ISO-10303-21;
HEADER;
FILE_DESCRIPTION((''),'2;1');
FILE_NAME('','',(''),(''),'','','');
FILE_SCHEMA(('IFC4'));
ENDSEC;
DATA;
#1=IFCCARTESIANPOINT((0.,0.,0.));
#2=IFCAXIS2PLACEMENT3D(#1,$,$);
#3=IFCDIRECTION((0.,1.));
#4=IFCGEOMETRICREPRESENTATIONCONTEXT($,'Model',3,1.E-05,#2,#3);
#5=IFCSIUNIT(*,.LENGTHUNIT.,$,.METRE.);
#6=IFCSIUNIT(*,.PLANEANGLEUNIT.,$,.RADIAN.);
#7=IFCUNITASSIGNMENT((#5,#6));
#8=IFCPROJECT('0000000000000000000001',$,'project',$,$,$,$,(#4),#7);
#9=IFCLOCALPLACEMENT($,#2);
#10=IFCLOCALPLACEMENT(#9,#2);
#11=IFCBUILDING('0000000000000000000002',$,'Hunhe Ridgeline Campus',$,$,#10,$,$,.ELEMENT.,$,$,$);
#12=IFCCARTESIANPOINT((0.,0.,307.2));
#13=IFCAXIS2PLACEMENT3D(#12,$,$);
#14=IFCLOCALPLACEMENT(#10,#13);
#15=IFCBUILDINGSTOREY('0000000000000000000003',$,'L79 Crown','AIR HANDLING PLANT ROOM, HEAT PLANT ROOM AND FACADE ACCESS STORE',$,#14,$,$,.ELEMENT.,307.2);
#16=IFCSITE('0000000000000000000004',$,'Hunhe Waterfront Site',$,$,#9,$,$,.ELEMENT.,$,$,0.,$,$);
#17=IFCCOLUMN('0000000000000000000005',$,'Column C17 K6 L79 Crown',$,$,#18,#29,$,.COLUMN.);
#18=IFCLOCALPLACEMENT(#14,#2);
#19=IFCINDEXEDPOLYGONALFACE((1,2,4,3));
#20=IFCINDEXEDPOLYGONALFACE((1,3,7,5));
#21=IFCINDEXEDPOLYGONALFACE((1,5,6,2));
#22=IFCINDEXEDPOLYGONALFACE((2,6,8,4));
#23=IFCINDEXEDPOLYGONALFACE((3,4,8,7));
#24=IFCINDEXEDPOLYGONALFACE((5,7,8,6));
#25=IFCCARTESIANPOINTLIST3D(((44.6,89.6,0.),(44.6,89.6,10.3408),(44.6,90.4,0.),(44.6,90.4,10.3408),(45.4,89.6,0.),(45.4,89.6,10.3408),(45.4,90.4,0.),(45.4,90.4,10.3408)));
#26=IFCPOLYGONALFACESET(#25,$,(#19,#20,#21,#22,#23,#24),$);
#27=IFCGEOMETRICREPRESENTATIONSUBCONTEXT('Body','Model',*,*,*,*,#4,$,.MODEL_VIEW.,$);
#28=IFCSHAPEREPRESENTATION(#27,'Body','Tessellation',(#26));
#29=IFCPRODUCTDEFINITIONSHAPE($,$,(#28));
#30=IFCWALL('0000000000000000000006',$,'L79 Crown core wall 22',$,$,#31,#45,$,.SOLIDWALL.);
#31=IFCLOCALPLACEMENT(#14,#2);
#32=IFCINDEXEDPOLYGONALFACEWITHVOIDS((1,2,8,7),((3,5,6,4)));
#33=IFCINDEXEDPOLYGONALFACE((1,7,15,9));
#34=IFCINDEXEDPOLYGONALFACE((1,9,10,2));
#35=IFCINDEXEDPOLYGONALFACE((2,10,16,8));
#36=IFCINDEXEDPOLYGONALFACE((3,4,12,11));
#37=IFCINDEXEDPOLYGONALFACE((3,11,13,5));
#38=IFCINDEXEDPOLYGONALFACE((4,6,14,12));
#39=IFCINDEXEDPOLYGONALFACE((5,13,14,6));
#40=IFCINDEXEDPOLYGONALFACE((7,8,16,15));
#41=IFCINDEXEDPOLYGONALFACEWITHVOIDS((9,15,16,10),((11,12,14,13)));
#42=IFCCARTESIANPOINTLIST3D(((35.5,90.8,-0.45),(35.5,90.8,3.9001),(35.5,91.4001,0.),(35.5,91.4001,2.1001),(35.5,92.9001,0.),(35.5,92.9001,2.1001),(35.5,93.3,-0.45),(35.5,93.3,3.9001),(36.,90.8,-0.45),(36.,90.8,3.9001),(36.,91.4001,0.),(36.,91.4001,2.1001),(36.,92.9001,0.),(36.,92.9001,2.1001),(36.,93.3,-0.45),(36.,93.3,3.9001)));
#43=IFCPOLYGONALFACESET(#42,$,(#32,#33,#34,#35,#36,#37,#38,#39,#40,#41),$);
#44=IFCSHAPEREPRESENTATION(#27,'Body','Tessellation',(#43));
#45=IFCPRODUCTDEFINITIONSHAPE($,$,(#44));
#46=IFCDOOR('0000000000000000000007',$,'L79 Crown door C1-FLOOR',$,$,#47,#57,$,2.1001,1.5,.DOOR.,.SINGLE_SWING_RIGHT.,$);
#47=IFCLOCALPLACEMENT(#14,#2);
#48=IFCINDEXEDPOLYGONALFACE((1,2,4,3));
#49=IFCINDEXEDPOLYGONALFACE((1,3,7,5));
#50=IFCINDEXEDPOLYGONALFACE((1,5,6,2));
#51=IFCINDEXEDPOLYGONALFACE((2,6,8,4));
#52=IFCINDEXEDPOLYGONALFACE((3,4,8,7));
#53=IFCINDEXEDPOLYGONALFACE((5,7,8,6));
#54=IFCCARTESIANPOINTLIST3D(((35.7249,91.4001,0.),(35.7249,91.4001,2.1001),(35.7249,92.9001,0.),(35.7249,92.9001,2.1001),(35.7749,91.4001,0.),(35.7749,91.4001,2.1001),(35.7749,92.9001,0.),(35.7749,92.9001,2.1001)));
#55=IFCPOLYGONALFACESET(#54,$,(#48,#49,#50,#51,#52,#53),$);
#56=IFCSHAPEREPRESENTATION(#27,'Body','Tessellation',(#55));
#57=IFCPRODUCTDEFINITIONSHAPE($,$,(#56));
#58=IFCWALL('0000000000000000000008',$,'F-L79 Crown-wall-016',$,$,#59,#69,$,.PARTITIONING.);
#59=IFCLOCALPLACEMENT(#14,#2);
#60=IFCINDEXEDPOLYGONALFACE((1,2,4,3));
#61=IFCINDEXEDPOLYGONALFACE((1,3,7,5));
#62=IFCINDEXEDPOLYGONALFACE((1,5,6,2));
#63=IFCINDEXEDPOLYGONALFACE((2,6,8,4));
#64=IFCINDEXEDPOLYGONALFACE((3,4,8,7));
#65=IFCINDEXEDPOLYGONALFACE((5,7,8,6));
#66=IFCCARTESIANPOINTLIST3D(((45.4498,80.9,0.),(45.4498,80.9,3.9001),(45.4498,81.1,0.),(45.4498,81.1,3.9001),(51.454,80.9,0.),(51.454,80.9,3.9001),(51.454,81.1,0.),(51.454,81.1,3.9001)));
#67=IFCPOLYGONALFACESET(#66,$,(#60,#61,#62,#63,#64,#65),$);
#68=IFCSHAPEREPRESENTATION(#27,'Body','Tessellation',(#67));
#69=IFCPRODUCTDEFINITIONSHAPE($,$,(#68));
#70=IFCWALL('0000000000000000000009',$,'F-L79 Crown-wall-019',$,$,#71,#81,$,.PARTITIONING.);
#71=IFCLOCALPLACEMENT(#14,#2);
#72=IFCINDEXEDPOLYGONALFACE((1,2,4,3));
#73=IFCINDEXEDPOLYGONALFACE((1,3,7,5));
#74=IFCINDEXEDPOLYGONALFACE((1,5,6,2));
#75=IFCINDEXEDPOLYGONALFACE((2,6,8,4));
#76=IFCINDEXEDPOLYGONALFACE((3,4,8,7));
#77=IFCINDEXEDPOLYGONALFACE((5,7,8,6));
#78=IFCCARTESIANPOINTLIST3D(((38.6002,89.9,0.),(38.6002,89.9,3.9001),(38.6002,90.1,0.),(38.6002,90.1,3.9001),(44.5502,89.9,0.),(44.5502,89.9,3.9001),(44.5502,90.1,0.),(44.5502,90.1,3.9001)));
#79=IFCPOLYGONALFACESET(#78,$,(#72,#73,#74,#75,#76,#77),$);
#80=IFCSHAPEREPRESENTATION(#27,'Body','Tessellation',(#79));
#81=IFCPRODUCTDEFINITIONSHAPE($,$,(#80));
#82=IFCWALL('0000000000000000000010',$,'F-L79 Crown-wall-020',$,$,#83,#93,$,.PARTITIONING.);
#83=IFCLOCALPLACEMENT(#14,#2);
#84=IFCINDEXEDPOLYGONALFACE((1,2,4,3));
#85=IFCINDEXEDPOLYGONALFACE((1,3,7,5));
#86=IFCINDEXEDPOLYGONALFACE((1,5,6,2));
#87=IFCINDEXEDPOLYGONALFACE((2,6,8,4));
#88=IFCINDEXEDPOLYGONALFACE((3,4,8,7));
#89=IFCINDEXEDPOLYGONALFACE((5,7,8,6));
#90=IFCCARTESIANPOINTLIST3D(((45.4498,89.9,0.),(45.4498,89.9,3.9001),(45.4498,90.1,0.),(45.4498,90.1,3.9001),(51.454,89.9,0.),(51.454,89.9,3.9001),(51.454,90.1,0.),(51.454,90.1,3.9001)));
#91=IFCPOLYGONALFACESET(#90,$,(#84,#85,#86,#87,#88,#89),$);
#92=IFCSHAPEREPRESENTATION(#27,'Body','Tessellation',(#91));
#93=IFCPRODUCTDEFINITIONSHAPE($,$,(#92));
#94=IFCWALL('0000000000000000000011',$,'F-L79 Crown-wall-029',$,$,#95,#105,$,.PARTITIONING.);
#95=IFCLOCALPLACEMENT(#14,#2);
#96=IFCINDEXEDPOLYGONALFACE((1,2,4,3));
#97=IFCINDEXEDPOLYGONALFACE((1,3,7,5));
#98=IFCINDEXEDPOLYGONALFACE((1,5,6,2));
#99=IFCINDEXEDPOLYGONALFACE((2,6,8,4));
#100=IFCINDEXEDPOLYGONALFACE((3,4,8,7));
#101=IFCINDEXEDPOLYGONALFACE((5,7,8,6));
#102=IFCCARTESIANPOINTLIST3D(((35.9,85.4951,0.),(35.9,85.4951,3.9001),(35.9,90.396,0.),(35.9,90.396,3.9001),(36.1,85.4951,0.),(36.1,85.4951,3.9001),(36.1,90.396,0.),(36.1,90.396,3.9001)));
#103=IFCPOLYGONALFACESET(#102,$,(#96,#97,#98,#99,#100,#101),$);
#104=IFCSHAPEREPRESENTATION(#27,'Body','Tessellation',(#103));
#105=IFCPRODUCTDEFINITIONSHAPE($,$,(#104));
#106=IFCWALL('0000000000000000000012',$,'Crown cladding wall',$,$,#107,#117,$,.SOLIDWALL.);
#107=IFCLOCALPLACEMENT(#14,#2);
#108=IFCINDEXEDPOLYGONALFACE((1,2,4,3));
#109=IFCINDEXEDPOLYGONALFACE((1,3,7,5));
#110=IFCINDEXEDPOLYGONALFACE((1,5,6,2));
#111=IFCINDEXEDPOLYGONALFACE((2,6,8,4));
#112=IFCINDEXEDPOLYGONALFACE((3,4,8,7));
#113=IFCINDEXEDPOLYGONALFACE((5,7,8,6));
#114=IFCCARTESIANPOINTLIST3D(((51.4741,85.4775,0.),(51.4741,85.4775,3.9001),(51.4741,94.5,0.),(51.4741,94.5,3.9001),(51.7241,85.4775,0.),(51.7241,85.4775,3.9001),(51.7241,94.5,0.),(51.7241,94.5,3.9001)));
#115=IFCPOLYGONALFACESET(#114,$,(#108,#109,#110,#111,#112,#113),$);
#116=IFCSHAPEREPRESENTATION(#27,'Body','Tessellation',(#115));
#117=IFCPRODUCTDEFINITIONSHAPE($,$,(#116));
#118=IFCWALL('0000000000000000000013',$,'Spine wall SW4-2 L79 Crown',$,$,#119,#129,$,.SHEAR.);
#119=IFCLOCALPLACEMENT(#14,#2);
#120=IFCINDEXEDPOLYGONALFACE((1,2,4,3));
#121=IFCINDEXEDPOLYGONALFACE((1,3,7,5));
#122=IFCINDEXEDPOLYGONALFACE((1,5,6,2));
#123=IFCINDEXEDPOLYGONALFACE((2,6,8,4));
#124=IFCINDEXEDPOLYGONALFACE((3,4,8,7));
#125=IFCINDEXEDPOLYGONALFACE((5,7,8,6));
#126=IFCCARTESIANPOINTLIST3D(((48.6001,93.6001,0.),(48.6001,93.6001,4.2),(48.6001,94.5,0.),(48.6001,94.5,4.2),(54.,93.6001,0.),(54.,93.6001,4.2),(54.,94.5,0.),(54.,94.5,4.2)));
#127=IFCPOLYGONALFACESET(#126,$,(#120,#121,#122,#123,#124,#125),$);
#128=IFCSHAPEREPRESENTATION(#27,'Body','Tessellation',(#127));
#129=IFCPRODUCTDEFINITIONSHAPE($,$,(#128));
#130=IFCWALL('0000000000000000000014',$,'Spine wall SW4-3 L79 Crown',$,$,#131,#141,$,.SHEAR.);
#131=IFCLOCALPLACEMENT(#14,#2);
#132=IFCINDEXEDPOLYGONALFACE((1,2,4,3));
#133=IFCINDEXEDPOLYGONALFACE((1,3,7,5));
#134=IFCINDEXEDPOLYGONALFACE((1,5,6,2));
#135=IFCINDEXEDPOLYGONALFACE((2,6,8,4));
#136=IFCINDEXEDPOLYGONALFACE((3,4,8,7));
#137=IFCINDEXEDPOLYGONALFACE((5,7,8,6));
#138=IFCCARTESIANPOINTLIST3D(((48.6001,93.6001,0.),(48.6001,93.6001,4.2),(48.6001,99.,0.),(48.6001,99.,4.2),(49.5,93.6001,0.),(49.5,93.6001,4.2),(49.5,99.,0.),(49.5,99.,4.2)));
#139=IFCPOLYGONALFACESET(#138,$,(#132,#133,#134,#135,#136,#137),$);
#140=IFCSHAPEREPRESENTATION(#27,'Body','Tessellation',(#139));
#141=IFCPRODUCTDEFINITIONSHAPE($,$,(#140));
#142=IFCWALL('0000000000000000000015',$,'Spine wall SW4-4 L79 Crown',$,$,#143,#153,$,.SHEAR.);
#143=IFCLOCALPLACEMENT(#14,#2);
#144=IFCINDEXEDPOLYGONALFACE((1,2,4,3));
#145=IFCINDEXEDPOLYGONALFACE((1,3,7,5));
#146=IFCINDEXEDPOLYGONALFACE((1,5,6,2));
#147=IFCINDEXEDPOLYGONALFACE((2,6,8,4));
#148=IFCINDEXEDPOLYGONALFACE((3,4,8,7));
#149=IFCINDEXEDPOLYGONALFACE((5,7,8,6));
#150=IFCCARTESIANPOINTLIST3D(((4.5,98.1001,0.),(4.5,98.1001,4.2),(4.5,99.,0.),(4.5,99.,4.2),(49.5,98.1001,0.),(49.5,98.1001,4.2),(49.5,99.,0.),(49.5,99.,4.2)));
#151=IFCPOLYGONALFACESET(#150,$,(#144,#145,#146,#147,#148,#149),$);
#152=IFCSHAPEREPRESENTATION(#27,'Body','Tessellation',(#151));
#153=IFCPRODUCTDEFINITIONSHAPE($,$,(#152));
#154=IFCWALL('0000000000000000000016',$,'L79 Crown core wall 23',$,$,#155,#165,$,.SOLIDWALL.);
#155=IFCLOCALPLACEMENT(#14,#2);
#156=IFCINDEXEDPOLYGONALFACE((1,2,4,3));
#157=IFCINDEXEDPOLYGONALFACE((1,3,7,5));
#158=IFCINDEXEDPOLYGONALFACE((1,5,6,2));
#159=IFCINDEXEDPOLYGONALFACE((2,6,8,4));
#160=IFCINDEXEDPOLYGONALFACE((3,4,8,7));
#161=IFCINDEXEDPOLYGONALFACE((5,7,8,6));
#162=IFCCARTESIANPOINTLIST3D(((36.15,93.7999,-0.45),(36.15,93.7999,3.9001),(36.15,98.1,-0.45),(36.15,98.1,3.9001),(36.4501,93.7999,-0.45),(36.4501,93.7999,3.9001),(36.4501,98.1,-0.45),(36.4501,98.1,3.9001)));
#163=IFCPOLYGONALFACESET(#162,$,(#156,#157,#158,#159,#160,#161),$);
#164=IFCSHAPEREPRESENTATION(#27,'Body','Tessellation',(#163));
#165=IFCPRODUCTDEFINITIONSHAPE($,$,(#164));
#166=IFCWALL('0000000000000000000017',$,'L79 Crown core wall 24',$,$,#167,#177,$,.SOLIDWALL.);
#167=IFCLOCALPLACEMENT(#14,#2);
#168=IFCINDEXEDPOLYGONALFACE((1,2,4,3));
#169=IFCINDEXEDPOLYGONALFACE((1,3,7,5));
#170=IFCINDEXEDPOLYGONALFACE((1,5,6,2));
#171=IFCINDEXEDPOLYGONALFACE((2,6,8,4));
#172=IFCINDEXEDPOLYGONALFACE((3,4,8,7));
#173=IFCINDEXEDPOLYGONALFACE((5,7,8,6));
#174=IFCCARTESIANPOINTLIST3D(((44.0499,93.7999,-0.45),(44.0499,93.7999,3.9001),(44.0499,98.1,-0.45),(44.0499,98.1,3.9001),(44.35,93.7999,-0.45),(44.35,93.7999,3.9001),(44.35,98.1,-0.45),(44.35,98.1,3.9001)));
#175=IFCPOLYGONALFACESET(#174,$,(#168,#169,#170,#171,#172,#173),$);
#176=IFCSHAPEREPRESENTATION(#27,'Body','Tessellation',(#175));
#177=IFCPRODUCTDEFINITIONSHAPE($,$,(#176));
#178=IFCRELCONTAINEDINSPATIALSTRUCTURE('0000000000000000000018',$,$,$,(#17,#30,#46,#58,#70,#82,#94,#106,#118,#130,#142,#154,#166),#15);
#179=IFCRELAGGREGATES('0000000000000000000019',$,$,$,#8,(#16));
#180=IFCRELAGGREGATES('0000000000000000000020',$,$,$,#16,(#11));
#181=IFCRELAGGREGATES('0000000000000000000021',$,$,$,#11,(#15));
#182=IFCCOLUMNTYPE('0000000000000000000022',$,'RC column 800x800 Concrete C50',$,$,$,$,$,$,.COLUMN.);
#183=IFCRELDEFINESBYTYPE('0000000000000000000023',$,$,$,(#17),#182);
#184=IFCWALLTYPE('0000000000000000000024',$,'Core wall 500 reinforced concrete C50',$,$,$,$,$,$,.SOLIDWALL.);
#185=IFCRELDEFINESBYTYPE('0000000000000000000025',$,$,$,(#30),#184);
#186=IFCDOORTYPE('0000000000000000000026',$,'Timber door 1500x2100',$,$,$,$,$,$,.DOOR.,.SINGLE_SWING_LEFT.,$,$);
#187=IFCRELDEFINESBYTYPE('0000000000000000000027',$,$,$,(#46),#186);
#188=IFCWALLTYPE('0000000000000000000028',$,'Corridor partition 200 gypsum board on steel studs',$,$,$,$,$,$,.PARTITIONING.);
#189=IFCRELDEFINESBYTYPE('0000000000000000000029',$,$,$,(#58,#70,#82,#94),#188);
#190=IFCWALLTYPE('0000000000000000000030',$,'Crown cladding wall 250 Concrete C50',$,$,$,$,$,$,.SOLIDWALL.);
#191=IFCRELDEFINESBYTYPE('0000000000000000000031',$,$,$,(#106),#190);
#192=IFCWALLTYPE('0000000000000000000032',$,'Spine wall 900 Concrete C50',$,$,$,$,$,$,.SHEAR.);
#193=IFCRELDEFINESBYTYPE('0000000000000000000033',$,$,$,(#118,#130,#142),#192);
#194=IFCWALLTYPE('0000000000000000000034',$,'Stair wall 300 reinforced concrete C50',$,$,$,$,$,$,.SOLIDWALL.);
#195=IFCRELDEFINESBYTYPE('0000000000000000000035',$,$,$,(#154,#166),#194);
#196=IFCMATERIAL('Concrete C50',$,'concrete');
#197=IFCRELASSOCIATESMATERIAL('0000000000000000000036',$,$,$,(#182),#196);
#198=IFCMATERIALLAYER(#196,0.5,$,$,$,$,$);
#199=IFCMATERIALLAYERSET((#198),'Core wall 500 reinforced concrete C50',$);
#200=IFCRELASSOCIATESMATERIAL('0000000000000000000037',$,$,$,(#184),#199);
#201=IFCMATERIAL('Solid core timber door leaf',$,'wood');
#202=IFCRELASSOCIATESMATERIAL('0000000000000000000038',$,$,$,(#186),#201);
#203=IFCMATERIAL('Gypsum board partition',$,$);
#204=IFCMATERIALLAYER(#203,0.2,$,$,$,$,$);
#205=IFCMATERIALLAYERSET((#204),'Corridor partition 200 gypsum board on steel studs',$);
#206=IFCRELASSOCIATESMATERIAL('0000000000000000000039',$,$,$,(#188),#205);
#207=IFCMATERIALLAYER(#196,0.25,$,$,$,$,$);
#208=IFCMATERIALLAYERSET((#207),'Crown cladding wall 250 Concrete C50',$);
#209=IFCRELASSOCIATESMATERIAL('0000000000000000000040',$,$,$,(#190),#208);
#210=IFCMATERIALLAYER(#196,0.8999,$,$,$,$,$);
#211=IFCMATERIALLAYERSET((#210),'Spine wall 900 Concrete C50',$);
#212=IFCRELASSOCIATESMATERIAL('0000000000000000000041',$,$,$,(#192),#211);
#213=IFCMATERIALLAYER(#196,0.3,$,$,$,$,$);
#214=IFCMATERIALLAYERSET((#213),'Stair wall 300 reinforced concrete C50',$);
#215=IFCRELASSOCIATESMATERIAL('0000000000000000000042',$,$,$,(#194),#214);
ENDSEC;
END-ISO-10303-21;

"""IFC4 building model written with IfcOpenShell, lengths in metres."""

from ifc_helpers import new_model, si_unit, direction, frame, frame_2d, origin, origin_2d, place, context, subcontext, project, spatial, polyline, rectangle, outline, extrude, material, layer, layer_set, material_profile, profile_set, type_object, element, fill, save


model = new_model("IFC4")

# Units and contexts
model_context = context("Model", 3, precision=1e-05, world=origin(), true_north=direction((0.0, 1.0)))
body_context = subcontext(model_context, "Body", "Model", "MODEL_VIEW")
ifc_project = project(units=[si_unit("LENGTHUNIT", "METRE"), si_unit("PLANEANGLEUNIT", "RADIAN")], contexts=[model_context])

# Site, building, storey
site_placement = place(None, origin())
site = spatial("IfcSite", under=ifc_project, at=site_placement, Name="Hunhe Waterfront Site", CompositionType="ELEMENT", RefElevation=0.0)
building_placement = place(site_placement, origin())
building = spatial("IfcBuilding", under=site, at=building_placement, Name="Hunhe Ridgeline Campus", CompositionType="ELEMENT")
storey_placement = place(building_placement, frame((0.0, 0.0, 307.2)))
storey = spatial("IfcBuildingStorey", under=building, at=storey_placement, Name="L79 Crown", Description="AIR HANDLING PLANT ROOM, HEAT PLANT ROOM AND FACADE ACCESS STORE", CompositionType="ELEMENT", Elevation=307.2)

# Column
ifc_material_1 = material(Name="Concrete C50", Category="concrete")
ifc_material_profile = material_profile(ifc_material_1, rectangle(XDim=0.8, YDim=0.8, at=origin_2d()))
ifc_profile_set = profile_set([ifc_material_profile], Name="Concrete C50")
column_type = type_object("IfcColumnType", Name="RC column 800x800 Concrete C50", PredefinedType="COLUMN", material=ifc_profile_set)
column_placement = place(storey_placement, frame((45.0, 90.0, 0.0), z_axis=(0.0, 0.0, 1.0), x_axis=(1.0, 0.0, 0.0)))
element("IfcColumn", 1, at=column_placement, inside=storey, type_object=column_type, Name="Column C17 K6 L79 Crown", PredefinedType="COLUMN", context=body_context, shape_type="SweptSolid", body=[
    extrude(rectangle(XDim=0.8, YDim=0.8, at=origin_2d()), origin(), (0.0, 0.0, 1.0), 10.3408),
])

# Wall, opening, door
ifc_layer_1 = layer(ifc_material_1, 0.5)
ifc_layer_set_1 = layer_set([ifc_layer_1], Name="Core wall 500 reinforced concrete C50")
wall_type_1 = type_object("IfcWallType", Name="Core wall 500 reinforced concrete C50", PredefinedType="SOLIDWALL", material=ifc_layer_set_1)
wall_1_placement = place(storey_placement, frame((35.75, 90.8, -0.45), z_axis=(0.0, 0.0, 1.0), x_axis=(0.0, 1.0, 0.0)))
wall_1 = element("IfcWall", 2, at=wall_1_placement, inside=storey, type_object=wall_type_1, Name="L79 Crown core wall 22", PredefinedType="SOLIDWALL", context=body_context, shape_type="SweptSolid", body=[
    extrude(rectangle(XDim=2.5, YDim=0.5, at=frame_2d((1.25, 0.0))), origin(), (0.0, 0.0, 1.0), 4.3501),
])
opening_1_placement = place(wall_1_placement, frame((0.6001, 0.0, 0.45)))
opening_1 = element("IfcOpeningElement", 3, at=opening_1_placement, cuts=wall_1, PredefinedType="OPENING", context=body_context, shape_type="SweptSolid", body=[
    extrude(rectangle(XDim=1.5, YDim=2.1001, at=frame_2d((0.75, 1.05))), frame((0.0, 0.25, 0.0), z_axis=(0.0, -1.0, 0.0), x_axis=(1.0, 0.0, 0.0)), (0.0, 0.0, 1.0), 0.5),
])
ifc_material_2 = material(Name="Solid core timber door leaf", Category="wood")
door_type_1 = type_object("IfcDoorType", Name="Timber door 1500x2100", OperationType="SINGLE_SWING_LEFT", PredefinedType="DOOR", material=ifc_material_2)
door_1_placement = place(opening_1_placement, frame((1.5, 0.0, 0.0), z_axis=(0.0, 0.0, 1.0), x_axis=(-1.0, 0.0, 0.0)))
door_1 = element("IfcDoor", 4, at=door_1_placement, inside=storey, type_object=door_type_1, Name="L79 Crown door C1-FLOOR", OperationType="SINGLE_SWING_RIGHT", OverallHeight=2.1001, OverallWidth=1.5, PredefinedType="DOOR", context=body_context, shape_type="SweptSolid", body=[
    extrude(rectangle(XDim=1.5, YDim=2.1001, at=frame_2d((0.75, 1.05))), frame((0.0, 0.0249, 0.0), z_axis=(0.0, -1.0, 0.0), x_axis=(1.0, 0.0, 0.0)), (0.0, 0.0, 1.0), 0.05),
])
fill(opening_1, door_1)

# Wall
ifc_material_3 = material(Name="Gypsum board partition")
ifc_layer_2 = layer(ifc_material_3, 0.2)
ifc_layer_set_2 = layer_set([ifc_layer_2], Name="Corridor partition 200 gypsum board on steel studs")
wall_type_2 = type_object("IfcWallType", Name="Corridor partition 200 gypsum board on steel studs", PredefinedType="PARTITIONING", material=ifc_layer_set_2)
wall_2_placement = place(storey_placement, frame((45.45, 81.0, 0.0), z_axis=(0.0, 0.0, 1.0), x_axis=(1.0, 0.0, 0.0)))
element("IfcWall", 5, at=wall_2_placement, inside=storey, type_object=wall_type_2, Name="F-L79 Crown-wall-016", PredefinedType="PARTITIONING", context=body_context, shape_type="SweptSolid", body=[
    extrude(rectangle(XDim=6.0042, YDim=0.2, at=frame_2d((3.002, 0.0))), origin(), (0.0, 0.0, 1.0), 3.9001),
])

# Walls
wall_3_placement = place(storey_placement, frame((38.6001, 90.0, 0.0), z_axis=(0.0, 0.0, 1.0), x_axis=(1.0, 0.0, 0.0)))
element("IfcWall", 6, at=wall_3_placement, inside=storey, type_object=wall_type_2, Name="F-L79 Crown-wall-019", PredefinedType="PARTITIONING", context=body_context, shape_type="SweptSolid", body=[
    extrude(rectangle(XDim=5.95, YDim=0.2, at=frame_2d((2.9751, 0.0))), origin(), (0.0, 0.0, 1.0), 3.9001),
])
wall_4_placement = place(storey_placement, frame((45.45, 90.0, 0.0), z_axis=(0.0, 0.0, 1.0), x_axis=(1.0, 0.0, 0.0)))
element("IfcWall", 7, at=wall_4_placement, inside=storey, type_object=wall_type_2, Name="F-L79 Crown-wall-020", PredefinedType="PARTITIONING", context=body_context, shape_type="SweptSolid", body=[
    extrude(rectangle(XDim=6.0042, YDim=0.2, at=frame_2d((3.002, 0.0))), origin(), (0.0, 0.0, 1.0), 3.9001),
])
wall_5_placement = place(storey_placement, frame((36.0, 85.4951, 0.0), z_axis=(0.0, 0.0, 1.0), x_axis=(0.0, 1.0, 0.0)))
element("IfcWall", 8, at=wall_5_placement, inside=storey, type_object=wall_type_2, Name="F-L79 Crown-wall-029", PredefinedType="PARTITIONING", context=body_context, shape_type="SweptSolid", body=[
    extrude(rectangle(XDim=4.9009, YDim=0.2, at=frame_2d((2.4504, 0.0))), origin(), (0.0, 0.0, 1.0), 3.9001),
])

# Walls
ifc_layer_3 = layer(ifc_material_1, 0.25)
ifc_layer_set_3 = layer_set([ifc_layer_3], Name="Crown cladding wall 250 Concrete C50")
wall_type_3 = type_object("IfcWallType", Name="Crown cladding wall 250 Concrete C50", PredefinedType="SOLIDWALL", material=ifc_layer_set_3)
wall_6_placement = place(storey_placement, frame((51.5991, 85.4775, 0.0), z_axis=(0.0, 0.0, 1.0), x_axis=(0.0, 1.0, 0.0)))
element("IfcWall", 9, at=wall_6_placement, inside=storey, type_object=wall_type_3, Name="Crown cladding wall", PredefinedType="SOLIDWALL", context=body_context, shape_type="SweptSolid", body=[
    extrude(rectangle(XDim=9.0225, YDim=0.25, at=frame_2d((4.5112, 0.0))), origin(), (0.0, 0.0, 1.0), 3.9001),
])
ifc_layer_4 = layer(ifc_material_1, 0.8999)
ifc_layer_set_4 = layer_set([ifc_layer_4], Name="Spine wall 900 Concrete C50")
wall_type_4 = type_object("IfcWallType", Name="Spine wall 900 Concrete C50", PredefinedType="SHEAR", material=ifc_layer_set_4)
for number, where, z_axis, x_axis, name in (
    (10, (54.0, 94.05, 0.0), (0.0, 0.0, 1.0), (-1.0, 0.0, 0.0), "Spine wall SW4-2 L79 Crown"),
    (11, (49.05, 93.6001, 0.0), (0.0, 0.0, 1.0), (0.0, 1.0, 0.0), "Spine wall SW4-3 L79 Crown"),
):
    element("IfcWall", number, at=place(storey_placement, frame(where, z_axis=z_axis, x_axis=x_axis)), inside=storey, type_object=wall_type_4, Name=name, PredefinedType="SHEAR", context=body_context, shape_type="SweptSolid", body=[
        extrude(outline(polyline([(0.0, 0.0), (5.3999, 0.0), (5.3999, 4.2), (0.0, 4.2), (0.0, 0.0)])), frame((0.0, 0.45, 0.0), z_axis=(0.0, -1.0, 0.0), x_axis=(1.0, 0.0, 0.0)), (0.0, 0.0, 1.0), 0.8999),
    ])
wall_7_placement = place(storey_placement, frame((49.5, 98.55, 0.0), z_axis=(0.0, 0.0, 1.0), x_axis=(-1.0, 0.0, 0.0)))
element("IfcWall", 12, at=wall_7_placement, inside=storey, type_object=wall_type_4, Name="Spine wall SW4-4 L79 Crown", PredefinedType="SHEAR", context=body_context, shape_type="SweptSolid", body=[
    extrude(outline(polyline([(0.0, 0.0), (45.0, 0.0), (45.0, 4.2), (0.0, 4.2), (0.0, 0.0)])), frame((0.0, 0.45, 0.0), z_axis=(0.0, -1.0, 0.0), x_axis=(1.0, 0.0, 0.0)), (0.0, 0.0, 1.0), 0.8999),
])

# Shared definitions
ifc_layer_5 = layer(ifc_material_1, 0.3)
ifc_layer_set_5 = layer_set([ifc_layer_5], Name="Stair wall 300 reinforced concrete C50")
wall_type_5 = type_object("IfcWallType", Name="Stair wall 300 reinforced concrete C50", PredefinedType="SOLIDWALL", material=ifc_layer_set_5)

# Walls
for number, where, z_axis, x_axis, name in (
    (13, (36.3, 93.8, -0.45), (0.0, 0.0, 1.0), (0.0, 1.0, 0.0), "L79 Crown core wall 23"),
    (14, (44.2, 93.8, -0.45), (0.0, 0.0, 1.0), (0.0, 1.0, 0.0), "L79 Crown core wall 24"),
):
    element("IfcWall", number, at=place(storey_placement, frame(where, z_axis=z_axis, x_axis=x_axis)), inside=storey, type_object=wall_type_5, Name=name, PredefinedType="SOLIDWALL", context=body_context, shape_type="SweptSolid", body=[
        extrude(rectangle(XDim=4.3, YDim=0.3, at=frame_2d((2.1499, 0.0))), origin(), (0.0, 0.0, 1.0), 4.3501),
    ])

save(model, "model.ifc")
